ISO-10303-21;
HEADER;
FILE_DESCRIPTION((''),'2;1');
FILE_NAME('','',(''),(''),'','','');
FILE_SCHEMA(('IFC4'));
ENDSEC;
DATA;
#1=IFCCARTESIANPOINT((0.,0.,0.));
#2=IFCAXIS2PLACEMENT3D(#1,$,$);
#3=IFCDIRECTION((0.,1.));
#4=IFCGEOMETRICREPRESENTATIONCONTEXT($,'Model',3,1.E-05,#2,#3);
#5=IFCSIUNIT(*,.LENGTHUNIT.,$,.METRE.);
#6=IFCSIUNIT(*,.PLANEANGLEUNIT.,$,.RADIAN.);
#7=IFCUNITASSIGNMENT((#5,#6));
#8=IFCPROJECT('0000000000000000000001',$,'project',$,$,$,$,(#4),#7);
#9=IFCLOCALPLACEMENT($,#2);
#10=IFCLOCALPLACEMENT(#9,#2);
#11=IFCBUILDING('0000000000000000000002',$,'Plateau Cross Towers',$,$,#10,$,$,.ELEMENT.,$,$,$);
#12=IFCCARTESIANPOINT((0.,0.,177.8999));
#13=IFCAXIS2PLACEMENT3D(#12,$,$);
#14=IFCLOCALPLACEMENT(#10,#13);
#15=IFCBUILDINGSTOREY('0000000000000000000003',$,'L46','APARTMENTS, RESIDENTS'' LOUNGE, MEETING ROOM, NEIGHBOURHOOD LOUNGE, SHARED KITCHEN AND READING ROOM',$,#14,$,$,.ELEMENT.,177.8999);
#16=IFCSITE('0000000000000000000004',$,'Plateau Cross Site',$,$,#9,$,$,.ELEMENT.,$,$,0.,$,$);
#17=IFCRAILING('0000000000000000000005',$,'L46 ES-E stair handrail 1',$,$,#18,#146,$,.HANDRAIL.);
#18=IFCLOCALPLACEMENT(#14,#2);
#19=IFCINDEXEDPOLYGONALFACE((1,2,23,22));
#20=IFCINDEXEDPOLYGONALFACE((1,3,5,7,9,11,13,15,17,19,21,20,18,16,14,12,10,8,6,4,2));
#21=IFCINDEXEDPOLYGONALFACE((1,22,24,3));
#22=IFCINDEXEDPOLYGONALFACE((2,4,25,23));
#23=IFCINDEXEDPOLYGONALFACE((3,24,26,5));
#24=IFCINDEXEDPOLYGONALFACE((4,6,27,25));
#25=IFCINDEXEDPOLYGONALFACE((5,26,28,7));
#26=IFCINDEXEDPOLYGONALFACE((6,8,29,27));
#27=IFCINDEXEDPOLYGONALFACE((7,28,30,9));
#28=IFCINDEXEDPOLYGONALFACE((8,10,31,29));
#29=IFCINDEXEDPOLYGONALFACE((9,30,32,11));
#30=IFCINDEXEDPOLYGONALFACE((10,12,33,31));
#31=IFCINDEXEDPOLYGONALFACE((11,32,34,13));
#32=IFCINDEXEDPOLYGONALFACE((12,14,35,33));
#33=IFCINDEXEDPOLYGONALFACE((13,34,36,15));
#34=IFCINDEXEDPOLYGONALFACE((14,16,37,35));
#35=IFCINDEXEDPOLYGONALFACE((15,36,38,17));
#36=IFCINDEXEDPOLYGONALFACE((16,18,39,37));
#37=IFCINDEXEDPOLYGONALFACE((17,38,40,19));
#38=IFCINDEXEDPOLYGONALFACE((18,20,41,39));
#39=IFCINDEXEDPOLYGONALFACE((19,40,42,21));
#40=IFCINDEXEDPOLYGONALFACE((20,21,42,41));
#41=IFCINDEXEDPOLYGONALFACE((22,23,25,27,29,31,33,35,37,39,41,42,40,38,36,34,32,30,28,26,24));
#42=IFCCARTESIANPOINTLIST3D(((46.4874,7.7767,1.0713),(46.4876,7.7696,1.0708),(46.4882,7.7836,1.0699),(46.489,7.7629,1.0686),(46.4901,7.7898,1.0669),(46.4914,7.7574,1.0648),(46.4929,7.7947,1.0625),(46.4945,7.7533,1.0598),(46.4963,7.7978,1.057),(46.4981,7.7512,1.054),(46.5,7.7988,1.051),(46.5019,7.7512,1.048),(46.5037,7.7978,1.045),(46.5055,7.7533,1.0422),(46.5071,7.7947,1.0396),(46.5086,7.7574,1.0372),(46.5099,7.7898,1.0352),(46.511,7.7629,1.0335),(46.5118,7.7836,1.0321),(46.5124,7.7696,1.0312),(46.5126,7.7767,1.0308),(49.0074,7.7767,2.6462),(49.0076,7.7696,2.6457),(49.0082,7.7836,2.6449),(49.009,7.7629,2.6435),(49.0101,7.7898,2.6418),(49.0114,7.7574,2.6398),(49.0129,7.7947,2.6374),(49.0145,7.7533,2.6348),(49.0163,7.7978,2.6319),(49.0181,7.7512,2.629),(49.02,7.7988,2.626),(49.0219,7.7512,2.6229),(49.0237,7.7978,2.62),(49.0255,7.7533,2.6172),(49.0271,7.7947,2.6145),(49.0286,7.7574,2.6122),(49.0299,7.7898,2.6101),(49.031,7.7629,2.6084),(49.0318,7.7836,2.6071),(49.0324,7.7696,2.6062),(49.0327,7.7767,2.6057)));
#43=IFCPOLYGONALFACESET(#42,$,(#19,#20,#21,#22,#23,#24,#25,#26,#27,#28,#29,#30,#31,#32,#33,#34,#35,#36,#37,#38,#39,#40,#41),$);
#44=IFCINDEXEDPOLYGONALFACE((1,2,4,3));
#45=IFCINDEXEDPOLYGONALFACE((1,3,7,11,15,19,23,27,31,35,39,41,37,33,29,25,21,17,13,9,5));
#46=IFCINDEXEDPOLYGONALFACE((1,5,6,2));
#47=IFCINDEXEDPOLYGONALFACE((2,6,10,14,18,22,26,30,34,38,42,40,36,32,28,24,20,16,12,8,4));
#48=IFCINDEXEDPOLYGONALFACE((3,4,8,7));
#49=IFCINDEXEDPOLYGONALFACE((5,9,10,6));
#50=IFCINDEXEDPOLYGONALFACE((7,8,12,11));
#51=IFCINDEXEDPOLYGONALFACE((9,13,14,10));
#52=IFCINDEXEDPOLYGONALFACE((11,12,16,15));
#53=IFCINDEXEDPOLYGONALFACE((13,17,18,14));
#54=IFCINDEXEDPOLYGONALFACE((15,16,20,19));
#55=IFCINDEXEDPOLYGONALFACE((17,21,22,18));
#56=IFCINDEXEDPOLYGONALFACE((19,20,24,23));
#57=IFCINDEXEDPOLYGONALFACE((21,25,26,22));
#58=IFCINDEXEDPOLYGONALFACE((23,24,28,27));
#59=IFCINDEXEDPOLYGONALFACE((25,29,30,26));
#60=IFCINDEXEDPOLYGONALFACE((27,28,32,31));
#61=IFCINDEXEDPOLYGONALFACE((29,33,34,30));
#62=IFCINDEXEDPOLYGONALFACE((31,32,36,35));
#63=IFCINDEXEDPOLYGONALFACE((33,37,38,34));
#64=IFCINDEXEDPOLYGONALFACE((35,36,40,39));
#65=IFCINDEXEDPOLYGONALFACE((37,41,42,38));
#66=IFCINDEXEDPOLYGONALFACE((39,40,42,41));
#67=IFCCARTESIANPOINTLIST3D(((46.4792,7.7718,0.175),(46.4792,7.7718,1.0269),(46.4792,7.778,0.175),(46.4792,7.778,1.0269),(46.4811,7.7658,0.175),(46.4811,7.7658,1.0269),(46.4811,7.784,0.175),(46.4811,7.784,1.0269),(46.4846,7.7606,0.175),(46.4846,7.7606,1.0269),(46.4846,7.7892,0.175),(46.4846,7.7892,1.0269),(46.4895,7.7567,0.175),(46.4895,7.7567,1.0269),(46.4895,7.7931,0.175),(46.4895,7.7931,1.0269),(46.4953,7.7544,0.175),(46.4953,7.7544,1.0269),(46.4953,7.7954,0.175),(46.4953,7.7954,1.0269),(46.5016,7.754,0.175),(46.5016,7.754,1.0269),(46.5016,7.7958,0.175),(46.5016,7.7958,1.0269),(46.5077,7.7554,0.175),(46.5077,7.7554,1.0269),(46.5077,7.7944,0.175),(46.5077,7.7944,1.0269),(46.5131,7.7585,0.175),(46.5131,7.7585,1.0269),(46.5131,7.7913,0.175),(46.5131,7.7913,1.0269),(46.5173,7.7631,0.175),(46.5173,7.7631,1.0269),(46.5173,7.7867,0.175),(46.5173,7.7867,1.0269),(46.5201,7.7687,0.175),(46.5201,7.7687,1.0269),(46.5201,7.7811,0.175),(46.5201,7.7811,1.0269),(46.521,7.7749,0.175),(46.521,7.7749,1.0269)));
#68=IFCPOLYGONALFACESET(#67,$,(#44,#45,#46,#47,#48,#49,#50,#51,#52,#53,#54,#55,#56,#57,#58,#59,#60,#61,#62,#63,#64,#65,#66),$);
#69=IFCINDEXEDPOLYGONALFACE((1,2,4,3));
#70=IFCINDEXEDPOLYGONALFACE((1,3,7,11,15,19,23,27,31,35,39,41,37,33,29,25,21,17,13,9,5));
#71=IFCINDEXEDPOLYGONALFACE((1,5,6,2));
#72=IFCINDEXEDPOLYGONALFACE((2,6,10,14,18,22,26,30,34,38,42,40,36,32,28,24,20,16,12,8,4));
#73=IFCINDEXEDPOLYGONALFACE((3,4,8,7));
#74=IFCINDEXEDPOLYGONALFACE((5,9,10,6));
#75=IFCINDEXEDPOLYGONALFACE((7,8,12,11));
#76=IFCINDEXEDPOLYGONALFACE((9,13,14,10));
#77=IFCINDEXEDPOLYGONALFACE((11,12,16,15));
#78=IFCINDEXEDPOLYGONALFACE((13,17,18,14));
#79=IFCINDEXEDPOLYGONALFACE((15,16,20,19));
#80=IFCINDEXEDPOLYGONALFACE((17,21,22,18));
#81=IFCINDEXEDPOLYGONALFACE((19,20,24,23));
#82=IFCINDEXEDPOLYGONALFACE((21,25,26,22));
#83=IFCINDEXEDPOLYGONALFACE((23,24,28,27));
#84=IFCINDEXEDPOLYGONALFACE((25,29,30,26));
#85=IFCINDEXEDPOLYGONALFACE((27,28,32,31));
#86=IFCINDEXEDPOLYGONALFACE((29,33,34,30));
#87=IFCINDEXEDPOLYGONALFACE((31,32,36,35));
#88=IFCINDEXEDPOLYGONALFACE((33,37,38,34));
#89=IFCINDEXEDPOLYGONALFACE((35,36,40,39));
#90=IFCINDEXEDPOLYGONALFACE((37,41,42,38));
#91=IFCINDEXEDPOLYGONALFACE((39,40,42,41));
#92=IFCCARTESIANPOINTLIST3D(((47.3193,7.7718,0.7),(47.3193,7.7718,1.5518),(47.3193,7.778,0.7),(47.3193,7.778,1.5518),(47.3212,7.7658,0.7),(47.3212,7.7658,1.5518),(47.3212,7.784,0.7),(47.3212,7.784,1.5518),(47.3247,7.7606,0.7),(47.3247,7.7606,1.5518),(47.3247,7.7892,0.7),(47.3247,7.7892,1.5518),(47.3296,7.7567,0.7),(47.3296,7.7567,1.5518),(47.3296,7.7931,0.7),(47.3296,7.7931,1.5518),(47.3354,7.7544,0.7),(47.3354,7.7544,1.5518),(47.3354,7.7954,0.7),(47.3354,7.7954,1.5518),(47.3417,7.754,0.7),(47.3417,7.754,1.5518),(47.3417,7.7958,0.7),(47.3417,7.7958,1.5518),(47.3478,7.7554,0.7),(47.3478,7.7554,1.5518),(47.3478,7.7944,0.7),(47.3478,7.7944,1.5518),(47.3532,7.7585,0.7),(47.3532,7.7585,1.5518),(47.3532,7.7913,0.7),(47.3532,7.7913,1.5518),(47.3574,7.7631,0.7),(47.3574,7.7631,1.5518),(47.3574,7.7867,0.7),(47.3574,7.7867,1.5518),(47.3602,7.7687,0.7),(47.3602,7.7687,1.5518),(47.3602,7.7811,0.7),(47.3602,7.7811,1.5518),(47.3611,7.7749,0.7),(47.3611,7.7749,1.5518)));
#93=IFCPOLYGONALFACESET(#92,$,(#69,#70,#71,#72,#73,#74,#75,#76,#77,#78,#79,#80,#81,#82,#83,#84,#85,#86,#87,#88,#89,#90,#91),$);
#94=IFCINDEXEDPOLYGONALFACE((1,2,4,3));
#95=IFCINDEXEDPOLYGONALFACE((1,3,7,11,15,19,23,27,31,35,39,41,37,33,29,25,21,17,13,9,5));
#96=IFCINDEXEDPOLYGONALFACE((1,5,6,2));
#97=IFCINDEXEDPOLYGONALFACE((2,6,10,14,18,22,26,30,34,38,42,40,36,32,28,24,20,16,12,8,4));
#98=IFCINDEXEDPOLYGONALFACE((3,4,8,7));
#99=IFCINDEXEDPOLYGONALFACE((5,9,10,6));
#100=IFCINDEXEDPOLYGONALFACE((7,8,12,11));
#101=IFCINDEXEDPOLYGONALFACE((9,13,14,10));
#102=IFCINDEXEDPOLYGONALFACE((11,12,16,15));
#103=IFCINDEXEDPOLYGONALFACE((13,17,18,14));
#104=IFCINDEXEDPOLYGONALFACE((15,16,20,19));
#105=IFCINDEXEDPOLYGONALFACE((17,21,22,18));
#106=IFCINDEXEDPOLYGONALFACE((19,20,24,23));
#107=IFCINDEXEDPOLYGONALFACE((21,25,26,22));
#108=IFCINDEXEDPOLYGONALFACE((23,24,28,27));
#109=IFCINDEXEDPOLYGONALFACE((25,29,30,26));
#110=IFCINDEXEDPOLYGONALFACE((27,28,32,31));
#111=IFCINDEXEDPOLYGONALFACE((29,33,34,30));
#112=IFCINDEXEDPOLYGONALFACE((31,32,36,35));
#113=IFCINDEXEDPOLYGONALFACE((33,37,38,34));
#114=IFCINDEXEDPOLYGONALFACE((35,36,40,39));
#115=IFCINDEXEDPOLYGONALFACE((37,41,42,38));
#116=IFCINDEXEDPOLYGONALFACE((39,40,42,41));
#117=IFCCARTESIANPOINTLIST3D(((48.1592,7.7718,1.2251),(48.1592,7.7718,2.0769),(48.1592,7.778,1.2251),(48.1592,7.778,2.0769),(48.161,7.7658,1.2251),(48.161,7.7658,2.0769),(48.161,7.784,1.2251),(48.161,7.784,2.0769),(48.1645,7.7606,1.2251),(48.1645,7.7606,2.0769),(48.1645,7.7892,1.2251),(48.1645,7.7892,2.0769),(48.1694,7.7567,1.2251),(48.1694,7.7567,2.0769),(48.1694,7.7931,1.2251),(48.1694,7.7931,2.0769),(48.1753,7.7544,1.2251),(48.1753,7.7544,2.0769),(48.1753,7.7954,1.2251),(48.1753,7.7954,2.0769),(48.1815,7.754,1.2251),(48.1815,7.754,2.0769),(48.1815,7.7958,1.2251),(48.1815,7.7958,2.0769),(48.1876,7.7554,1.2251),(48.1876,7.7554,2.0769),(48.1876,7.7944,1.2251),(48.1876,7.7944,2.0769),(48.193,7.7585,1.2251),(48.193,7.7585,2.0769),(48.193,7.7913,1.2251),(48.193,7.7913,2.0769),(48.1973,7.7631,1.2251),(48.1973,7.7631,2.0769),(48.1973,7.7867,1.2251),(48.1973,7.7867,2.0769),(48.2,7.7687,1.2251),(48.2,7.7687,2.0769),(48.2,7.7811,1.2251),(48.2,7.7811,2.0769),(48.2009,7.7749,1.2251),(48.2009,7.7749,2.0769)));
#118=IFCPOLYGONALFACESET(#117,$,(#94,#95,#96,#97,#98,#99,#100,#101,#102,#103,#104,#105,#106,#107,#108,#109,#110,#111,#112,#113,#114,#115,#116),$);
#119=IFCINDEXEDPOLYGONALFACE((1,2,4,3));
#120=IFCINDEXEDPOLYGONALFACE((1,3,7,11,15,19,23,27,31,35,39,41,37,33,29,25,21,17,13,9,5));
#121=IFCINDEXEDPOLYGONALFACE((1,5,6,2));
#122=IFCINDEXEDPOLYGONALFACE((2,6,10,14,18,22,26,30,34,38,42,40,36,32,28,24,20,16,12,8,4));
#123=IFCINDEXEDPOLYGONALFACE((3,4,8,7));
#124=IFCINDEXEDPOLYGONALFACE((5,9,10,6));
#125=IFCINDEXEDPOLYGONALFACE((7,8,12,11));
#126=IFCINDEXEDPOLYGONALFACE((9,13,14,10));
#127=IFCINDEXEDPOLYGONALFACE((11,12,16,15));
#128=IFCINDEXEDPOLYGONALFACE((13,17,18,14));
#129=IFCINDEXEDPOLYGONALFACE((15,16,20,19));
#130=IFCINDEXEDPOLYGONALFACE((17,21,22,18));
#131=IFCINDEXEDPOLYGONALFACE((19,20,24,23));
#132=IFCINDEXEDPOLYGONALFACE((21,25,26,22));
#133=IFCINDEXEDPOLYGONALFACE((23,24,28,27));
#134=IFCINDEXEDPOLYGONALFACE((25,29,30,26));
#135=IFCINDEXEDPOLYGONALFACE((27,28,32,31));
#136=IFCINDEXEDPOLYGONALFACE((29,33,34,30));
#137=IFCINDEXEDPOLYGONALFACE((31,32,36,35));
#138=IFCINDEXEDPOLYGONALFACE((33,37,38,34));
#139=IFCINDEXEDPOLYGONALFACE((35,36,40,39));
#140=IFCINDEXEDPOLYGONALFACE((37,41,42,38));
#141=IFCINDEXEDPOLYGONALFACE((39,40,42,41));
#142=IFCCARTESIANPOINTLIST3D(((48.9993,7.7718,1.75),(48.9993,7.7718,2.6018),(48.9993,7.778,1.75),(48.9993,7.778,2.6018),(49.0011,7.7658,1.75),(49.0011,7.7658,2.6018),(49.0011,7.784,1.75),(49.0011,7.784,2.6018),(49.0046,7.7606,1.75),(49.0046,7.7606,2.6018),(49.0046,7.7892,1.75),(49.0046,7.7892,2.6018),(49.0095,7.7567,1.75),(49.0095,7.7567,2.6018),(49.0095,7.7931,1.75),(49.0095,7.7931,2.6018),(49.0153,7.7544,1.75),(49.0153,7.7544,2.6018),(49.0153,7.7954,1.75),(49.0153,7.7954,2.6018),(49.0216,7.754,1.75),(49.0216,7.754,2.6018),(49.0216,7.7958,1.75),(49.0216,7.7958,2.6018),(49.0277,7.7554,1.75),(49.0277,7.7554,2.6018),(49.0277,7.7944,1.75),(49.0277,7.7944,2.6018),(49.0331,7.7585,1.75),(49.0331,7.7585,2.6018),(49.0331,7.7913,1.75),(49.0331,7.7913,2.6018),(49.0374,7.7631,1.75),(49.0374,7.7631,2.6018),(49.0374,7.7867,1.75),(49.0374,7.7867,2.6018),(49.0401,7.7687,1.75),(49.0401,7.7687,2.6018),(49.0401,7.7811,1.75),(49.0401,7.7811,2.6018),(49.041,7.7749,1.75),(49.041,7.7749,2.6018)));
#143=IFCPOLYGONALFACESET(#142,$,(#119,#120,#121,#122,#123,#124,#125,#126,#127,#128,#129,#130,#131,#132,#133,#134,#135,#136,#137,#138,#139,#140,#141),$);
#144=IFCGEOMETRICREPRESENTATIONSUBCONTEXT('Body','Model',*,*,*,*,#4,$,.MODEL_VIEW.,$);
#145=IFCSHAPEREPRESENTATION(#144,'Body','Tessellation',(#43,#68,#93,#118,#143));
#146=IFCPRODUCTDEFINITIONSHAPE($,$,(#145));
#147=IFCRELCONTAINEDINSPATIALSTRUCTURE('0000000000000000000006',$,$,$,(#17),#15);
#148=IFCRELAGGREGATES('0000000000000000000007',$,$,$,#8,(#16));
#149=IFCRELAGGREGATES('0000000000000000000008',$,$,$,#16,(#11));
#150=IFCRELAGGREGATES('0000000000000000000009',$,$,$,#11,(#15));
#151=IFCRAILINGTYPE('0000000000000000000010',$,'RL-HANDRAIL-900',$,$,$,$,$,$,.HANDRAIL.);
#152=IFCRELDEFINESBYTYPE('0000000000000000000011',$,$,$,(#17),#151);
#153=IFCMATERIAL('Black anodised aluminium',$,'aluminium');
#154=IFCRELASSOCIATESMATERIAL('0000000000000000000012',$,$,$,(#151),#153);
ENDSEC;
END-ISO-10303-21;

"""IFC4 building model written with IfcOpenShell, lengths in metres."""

from ifc_helpers import new_model, si_unit, direction, frame, origin, origin_2d, place, context, subcontext, project, spatial, circle, extrude, material, type_object, element, save


model = new_model("IFC4")

# Units and contexts
model_context = context("Model", 3, precision=1e-05, world=origin(), true_north=direction((0.0, 1.0)))
body_context = subcontext(model_context, "Body", "Model", "MODEL_VIEW")
ifc_project = project(units=[si_unit("LENGTHUNIT", "METRE"), si_unit("PLANEANGLEUNIT", "RADIAN")], contexts=[model_context])

# Site, building, storey
site_placement = place(None, origin())
site = spatial("IfcSite", under=ifc_project, at=site_placement, Name="Plateau Cross Site", CompositionType="ELEMENT", RefElevation=0.0)
building_placement = place(site_placement, origin())
building = spatial("IfcBuilding", under=site, at=building_placement, Name="Plateau Cross Towers", CompositionType="ELEMENT")
storey_placement = place(building_placement, frame((0.0, 0.0, 177.8999)))
storey = spatial("IfcBuildingStorey", under=building, at=storey_placement, Name="L46", Description="APARTMENTS, RESIDENTS' LOUNGE, MEETING ROOM, NEIGHBOURHOOD LOUNGE, SHARED KITCHEN AND READING ROOM", CompositionType="ELEMENT", Elevation=177.8999)

# Shared definitions
ifc_material_1 = material(Name="Black anodised aluminium", Category="aluminium")

# Railing
railing_type_1 = type_object("IfcRailingType", Name="RL-HANDRAIL-900", PredefinedType="HANDRAIL", material=ifc_material_1)
railing_1_placement = place(storey_placement, frame((46.5, 7.7749, 0.175)))
element("IfcRailing", 1, at=railing_1_placement, inside=storey, type_object=railing_type_1, Name="L46 ES-E stair handrail 1", PredefinedType="HANDRAIL", context=body_context, shape_type="SweptSolid", body=[
    extrude(circle(Radius=0.0239, at=origin_2d()), frame((0.0, 0.0, 0.876), z_axis=(0.848008, 0.0, 0.529984), x_axis=(0.0, 1.0, 0.0)), (0.0, 0.0, 1.0), 2.9717),
    extrude(circle(Radius=0.021, at=origin_2d()), origin(), (0.0, 0.0, 1.0), 0.8518),
    extrude(circle(Radius=0.021, at=origin_2d()), frame((0.8401, 0.0, 0.5249)), (0.0, 0.0, 1.0), 0.8518),
    extrude(circle(Radius=0.021, at=origin_2d()), frame((1.6799, 0.0, 1.05)), (0.0, 0.0, 1.0), 0.8518),
    extrude(circle(Radius=0.021, at=origin_2d()), frame((2.52, 0.0, 1.575)), (0.0, 0.0, 1.0), 0.8518),
])

save(model, "model.ifc")
